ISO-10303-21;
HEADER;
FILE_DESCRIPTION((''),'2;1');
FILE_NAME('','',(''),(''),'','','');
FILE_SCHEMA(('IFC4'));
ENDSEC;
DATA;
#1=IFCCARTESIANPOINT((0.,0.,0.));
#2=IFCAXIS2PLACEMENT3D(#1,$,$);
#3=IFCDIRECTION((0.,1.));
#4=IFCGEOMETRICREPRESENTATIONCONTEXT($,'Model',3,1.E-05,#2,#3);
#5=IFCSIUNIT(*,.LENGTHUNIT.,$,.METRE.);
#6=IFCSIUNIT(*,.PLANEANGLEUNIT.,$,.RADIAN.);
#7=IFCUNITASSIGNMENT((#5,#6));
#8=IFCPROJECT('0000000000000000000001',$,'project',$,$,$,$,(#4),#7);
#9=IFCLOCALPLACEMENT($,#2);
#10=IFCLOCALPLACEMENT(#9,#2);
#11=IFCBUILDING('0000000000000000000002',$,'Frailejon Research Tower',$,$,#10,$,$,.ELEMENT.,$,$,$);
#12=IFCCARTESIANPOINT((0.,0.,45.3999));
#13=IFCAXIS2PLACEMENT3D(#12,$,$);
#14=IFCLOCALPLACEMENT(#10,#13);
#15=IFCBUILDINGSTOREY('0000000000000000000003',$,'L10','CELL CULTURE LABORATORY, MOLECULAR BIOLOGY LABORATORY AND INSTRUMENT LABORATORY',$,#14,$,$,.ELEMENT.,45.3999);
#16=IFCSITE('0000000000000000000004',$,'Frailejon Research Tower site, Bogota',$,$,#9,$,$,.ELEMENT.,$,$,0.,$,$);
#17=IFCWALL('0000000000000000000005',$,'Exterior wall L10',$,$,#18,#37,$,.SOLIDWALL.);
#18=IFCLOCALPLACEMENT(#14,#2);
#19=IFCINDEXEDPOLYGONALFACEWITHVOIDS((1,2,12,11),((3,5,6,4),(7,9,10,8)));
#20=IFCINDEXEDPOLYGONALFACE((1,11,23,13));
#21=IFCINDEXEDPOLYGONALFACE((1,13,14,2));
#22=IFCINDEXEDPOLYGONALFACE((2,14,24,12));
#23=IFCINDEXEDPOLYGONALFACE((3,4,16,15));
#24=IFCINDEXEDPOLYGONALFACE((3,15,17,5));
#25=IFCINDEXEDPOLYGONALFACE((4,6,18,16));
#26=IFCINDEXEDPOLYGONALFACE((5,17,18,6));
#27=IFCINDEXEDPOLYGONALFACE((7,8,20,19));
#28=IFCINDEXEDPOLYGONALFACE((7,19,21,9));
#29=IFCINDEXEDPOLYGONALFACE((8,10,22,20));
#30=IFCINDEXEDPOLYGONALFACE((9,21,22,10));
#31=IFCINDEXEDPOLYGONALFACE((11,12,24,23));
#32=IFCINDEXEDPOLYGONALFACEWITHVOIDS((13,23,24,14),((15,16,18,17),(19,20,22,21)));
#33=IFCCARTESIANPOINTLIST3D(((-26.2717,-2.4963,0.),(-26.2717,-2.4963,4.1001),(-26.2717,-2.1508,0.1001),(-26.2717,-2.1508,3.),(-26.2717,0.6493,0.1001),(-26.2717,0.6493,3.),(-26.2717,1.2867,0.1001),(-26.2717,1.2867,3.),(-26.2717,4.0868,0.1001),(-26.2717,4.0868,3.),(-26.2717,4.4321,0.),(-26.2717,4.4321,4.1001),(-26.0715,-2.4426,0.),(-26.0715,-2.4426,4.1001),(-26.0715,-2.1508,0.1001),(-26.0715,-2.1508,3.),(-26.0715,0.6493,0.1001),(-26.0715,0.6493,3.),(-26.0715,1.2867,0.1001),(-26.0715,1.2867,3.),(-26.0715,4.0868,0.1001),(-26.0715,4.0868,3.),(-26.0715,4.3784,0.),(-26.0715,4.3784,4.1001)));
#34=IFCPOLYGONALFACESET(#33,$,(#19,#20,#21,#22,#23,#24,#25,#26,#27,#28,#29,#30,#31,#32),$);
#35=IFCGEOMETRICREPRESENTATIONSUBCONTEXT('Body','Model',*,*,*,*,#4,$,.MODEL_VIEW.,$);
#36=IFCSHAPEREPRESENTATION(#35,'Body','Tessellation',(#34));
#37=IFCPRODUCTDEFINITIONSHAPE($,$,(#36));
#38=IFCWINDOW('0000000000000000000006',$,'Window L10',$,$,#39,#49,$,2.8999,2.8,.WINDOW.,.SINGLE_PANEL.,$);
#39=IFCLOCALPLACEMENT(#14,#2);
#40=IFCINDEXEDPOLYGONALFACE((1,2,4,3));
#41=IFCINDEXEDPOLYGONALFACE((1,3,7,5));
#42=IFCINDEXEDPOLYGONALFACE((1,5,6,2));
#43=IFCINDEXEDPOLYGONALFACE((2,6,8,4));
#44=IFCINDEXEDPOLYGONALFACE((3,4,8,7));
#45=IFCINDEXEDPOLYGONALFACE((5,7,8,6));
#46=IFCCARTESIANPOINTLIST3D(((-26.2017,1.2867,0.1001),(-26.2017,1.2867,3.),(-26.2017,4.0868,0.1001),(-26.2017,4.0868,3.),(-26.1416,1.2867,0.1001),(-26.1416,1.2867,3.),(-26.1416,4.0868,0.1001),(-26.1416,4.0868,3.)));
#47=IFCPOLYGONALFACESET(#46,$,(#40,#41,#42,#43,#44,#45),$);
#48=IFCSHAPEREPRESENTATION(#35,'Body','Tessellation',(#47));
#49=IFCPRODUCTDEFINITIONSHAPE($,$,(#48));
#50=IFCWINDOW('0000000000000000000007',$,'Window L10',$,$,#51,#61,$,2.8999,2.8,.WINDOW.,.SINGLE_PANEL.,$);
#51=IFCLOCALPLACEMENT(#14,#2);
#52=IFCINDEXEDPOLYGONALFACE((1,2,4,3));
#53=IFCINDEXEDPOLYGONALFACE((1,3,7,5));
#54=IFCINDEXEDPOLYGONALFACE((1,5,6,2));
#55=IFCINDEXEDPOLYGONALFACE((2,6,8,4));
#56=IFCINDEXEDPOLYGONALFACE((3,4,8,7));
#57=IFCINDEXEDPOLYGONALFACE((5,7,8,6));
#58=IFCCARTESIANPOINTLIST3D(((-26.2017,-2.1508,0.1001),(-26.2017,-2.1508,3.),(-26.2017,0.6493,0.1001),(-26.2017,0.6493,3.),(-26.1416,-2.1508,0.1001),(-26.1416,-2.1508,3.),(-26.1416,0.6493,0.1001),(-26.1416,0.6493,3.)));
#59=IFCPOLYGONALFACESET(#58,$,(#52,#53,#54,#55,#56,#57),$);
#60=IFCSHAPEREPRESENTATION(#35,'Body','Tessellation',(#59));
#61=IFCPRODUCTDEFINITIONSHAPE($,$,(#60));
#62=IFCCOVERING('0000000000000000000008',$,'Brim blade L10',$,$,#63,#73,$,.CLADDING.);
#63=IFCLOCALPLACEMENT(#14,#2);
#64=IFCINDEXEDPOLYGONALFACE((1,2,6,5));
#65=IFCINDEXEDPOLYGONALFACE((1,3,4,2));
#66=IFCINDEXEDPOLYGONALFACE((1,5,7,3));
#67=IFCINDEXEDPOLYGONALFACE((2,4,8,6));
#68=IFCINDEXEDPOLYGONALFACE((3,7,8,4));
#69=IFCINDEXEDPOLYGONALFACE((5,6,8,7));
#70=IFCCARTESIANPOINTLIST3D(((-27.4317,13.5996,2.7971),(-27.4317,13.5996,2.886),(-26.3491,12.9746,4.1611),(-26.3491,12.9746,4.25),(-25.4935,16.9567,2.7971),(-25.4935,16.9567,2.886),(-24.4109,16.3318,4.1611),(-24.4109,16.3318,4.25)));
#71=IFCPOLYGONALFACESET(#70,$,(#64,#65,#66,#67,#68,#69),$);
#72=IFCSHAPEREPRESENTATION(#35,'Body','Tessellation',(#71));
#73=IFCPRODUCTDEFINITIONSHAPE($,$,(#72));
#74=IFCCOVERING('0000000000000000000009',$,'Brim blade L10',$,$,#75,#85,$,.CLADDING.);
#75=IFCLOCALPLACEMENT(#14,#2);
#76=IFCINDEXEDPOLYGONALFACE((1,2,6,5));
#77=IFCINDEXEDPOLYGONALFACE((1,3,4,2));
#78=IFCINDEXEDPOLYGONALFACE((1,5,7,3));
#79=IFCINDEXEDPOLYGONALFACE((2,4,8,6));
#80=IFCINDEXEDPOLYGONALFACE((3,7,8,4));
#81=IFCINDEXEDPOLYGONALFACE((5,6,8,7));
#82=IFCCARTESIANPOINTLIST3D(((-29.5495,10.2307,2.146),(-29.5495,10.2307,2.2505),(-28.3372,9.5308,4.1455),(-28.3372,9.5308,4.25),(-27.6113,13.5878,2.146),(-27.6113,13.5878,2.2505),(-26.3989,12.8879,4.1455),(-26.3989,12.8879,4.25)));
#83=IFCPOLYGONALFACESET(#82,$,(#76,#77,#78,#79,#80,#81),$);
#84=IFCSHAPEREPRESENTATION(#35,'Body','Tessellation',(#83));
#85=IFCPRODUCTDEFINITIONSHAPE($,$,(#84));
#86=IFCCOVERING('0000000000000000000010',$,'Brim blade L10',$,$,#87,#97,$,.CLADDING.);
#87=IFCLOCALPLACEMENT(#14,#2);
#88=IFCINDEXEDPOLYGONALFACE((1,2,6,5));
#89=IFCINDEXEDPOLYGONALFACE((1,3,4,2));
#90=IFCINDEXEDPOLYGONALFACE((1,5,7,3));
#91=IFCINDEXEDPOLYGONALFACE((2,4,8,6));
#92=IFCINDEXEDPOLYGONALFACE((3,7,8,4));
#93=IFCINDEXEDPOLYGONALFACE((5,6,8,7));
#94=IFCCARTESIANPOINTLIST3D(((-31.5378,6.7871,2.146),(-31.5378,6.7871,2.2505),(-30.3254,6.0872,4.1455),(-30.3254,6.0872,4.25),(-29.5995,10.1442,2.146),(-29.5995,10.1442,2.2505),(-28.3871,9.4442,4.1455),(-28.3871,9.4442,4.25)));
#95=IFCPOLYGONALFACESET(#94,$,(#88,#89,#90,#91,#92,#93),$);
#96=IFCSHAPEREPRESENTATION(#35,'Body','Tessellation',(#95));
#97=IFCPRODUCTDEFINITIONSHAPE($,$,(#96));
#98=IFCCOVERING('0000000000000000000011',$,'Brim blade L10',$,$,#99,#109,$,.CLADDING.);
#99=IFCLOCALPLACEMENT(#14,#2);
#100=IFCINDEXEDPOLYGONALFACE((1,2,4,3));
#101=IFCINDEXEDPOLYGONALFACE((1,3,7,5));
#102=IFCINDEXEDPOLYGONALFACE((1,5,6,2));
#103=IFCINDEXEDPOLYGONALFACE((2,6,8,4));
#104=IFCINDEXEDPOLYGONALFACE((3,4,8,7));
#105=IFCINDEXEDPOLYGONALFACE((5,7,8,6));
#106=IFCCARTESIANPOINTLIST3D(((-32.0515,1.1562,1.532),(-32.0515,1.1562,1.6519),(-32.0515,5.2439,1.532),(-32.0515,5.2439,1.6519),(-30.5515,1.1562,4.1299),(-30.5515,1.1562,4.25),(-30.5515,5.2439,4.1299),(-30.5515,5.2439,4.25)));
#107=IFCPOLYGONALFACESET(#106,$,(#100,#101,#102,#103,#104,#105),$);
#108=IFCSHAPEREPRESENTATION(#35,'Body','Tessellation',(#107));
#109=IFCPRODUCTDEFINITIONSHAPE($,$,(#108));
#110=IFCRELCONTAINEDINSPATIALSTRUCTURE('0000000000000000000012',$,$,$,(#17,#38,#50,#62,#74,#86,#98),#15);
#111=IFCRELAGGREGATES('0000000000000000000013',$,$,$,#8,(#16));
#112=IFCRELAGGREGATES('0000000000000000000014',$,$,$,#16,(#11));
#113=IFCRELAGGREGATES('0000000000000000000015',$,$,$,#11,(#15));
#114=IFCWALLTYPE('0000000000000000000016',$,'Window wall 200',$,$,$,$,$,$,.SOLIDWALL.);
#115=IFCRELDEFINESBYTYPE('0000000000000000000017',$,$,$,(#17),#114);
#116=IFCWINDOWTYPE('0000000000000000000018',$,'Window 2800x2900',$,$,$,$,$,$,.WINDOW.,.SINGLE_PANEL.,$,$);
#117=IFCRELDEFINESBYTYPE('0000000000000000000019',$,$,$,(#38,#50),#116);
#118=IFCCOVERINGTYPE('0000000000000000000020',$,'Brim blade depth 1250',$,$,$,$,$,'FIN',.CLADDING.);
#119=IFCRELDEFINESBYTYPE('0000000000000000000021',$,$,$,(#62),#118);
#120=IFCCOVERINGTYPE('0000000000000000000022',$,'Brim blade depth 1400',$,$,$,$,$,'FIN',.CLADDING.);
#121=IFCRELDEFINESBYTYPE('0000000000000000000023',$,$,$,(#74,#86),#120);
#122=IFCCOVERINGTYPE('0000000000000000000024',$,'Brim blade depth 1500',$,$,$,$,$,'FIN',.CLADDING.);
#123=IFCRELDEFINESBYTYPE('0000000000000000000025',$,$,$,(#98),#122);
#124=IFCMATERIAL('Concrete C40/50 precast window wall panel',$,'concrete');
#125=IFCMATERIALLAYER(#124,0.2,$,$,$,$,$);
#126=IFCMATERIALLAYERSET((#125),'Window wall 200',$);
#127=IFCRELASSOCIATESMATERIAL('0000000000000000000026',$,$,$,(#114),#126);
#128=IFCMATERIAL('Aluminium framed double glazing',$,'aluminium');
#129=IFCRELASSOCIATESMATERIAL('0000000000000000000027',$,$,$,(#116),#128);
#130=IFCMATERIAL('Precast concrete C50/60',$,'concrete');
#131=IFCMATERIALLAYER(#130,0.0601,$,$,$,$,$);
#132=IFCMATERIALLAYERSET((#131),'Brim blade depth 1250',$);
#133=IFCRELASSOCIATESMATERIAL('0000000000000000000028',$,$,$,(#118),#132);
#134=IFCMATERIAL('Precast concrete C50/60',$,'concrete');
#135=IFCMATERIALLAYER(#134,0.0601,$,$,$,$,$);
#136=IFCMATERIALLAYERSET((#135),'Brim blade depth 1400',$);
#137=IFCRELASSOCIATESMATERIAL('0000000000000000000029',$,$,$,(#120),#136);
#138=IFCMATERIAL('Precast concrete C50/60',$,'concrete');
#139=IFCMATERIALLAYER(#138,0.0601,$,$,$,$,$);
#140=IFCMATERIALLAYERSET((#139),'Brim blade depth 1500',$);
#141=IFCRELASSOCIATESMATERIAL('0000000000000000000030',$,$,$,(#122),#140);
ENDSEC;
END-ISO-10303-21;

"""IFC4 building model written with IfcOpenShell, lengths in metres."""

from ifc_helpers import new_model, si_unit, direction, frame, frame_2d, origin, place, context, subcontext, project, spatial, polyline, rectangle, outline, extrude, material, layer, layer_set, type_object, element, fill, save


model = new_model("IFC4")

# Units and contexts
model_context = context("Model", 3, precision=1e-05, world=origin(), true_north=direction((0.0, 1.0)))
body_context = subcontext(model_context, "Body", "Model", "MODEL_VIEW")
ifc_project = project(units=[si_unit("LENGTHUNIT", "METRE"), si_unit("PLANEANGLEUNIT", "RADIAN")], contexts=[model_context])

# Site, building, storey
site_placement = place(None, origin())
site = spatial("IfcSite", under=ifc_project, at=site_placement, Name="Frailejon Research Tower site, Bogota", CompositionType="ELEMENT", RefElevation=0.0)
building_placement = place(site_placement, origin())
building = spatial("IfcBuilding", under=site, at=building_placement, Name="Frailejon Research Tower", CompositionType="ELEMENT")
storey_placement = place(building_placement, frame((0.0, 0.0, 45.3999)))
storey = spatial("IfcBuildingStorey", under=building, at=storey_placement, Name="L10", Description="CELL CULTURE LABORATORY, MOLECULAR BIOLOGY LABORATORY AND INSTRUMENT LABORATORY", CompositionType="ELEMENT", Elevation=45.3999)

# Wall, openings, windows
ifc_material_1 = material(Name="Concrete C40/50 precast window wall panel", Category="concrete")
ifc_layer_1 = layer(ifc_material_1, 0.2)
ifc_layer_set_1 = layer_set([ifc_layer_1], Name="Window wall 200")
wall_type_1 = type_object("IfcWallType", Name="Window wall 200", PredefinedType="SOLIDWALL", material=ifc_layer_set_1)
wall_1_placement = place(storey_placement, frame((-26.1716, 4.4053, 0.0), z_axis=(0.0, 0.0, 1.0), x_axis=(0.0, -1.0, 0.0)))
wall_1 = element("IfcWall", 1, at=wall_1_placement, inside=storey, type_object=wall_type_1, Name="Exterior wall L10", PredefinedType="SOLIDWALL", context=body_context, shape_type="SweptSolid", body=[
    extrude(outline(polyline([(-0.0269, -0.1001), (1.1279, -0.1001), (2.2827, -0.1001), (3.4375, -0.1001), (4.592, -0.1001), (5.7468, -0.1001), (6.9016, -0.1001), (6.8479, 0.1001), (5.7109, 0.1001), (4.5742, 0.1001), (3.4375, 0.1001), (2.3005, 0.1001), (1.1636, 0.1001), (0.0269, 0.1001), (-0.0269, -0.1001)])), origin(), (0.0, 0.0, 1.0), 4.1001),
])
opening_1_placement = place(wall_1_placement, frame((0.3186, 0.0, 0.1001)))
opening_1 = element("IfcOpeningElement", 2, at=opening_1_placement, cuts=wall_1, PredefinedType="OPENING", context=body_context, shape_type="SweptSolid", body=[
    extrude(rectangle(XDim=2.8, YDim=2.8999, at=frame_2d((1.3999, 1.45))), frame((0.0, 0.1099, 0.0), z_axis=(0.0, -1.0, 0.0), x_axis=(1.0, 0.0, 0.0)), (0.0, 0.0, 1.0), 0.22),
])
opening_2_placement = place(wall_1_placement, frame((3.7561, 0.0, 0.1001)))
opening_2 = element("IfcOpeningElement", 3, at=opening_2_placement, cuts=wall_1, PredefinedType="OPENING", context=body_context, shape_type="SweptSolid", body=[
    extrude(rectangle(XDim=2.8, YDim=2.8999, at=frame_2d((1.3999, 1.45))), frame((0.0, 0.1099, 0.0), z_axis=(0.0, -1.0, 0.0), x_axis=(1.0, 0.0, 0.0)), (0.0, 0.0, 1.0), 0.22),
])
ifc_material_2 = material(Name="Aluminium framed double glazing", Category="aluminium")
window_type = type_object("IfcWindowType", Name="Window 2800x2900", PartitioningType="SINGLE_PANEL", PredefinedType="WINDOW", material=ifc_material_2)
window_1_placement = place(opening_1_placement, origin())
window_1 = element("IfcWindow", 4, at=window_1_placement, inside=storey, type_object=window_type, Name="Window L10", OverallHeight=2.8999, OverallWidth=2.8, PartitioningType="SINGLE_PANEL", PredefinedType="WINDOW", context=body_context, shape_type="SweptSolid", body=[
    extrude(rectangle(XDim=2.8, YDim=2.8999, at=frame_2d((1.3999, 1.45))), frame((0.0, 0.03, 0.0), z_axis=(0.0, -1.0, 0.0), x_axis=(1.0, 0.0, 0.0)), (0.0, 0.0, 1.0), 0.0601),
])
fill(opening_1, window_1)
window_2_placement = place(opening_2_placement, origin())
window_2 = element("IfcWindow", 5, at=window_2_placement, inside=storey, type_object=window_type, Name="Window L10", OverallHeight=2.8999, OverallWidth=2.8, PartitioningType="SINGLE_PANEL", PredefinedType="WINDOW", context=body_context, shape_type="SweptSolid", body=[
    extrude(rectangle(XDim=2.8, YDim=2.8999, at=frame_2d((1.3999, 1.45))), frame((0.0, 0.03, 0.0), z_axis=(0.0, -1.0, 0.0), x_axis=(1.0, 0.0, 0.0)), (0.0, 0.0, 1.0), 0.0601),
])
fill(opening_2, window_2)

# Coverings
ifc_material_3 = material(Name="Precast concrete C50/60", Category="concrete")
ifc_layer_2 = layer(ifc_material_3, 0.0601)
ifc_layer_set_2 = layer_set([ifc_layer_2], Name="Brim blade depth 1250")
covering_type_1 = type_object("IfcCoveringType", Name="Brim blade depth 1250", ElementType="FIN", PredefinedType="CLADDING", material=ifc_layer_set_2)
covering_1_placement = place(storey_placement, frame((-26.3491, 12.9746, 4.25), z_axis=(0.499985, 0.866034, 0.0), x_axis=(-0.866034, 0.499985, 0.0)))
element("IfcCovering", 6, at=covering_1_placement, inside=storey, type_object=covering_type_1, Name="Brim blade L10", PredefinedType="CLADDING", context=body_context, shape_type="SweptSolid", body=[
    extrude(outline(polyline([(0.0, -0.0889), (1.25, -1.4529), (1.25, -1.364), (0.0, 0.0), (0.0, -0.0889)])), origin(), (0.0, 0.0, 1.0), 3.8765),
])
ifc_material_4 = material(Name="Precast concrete C50/60", Category="concrete")
ifc_layer_3 = layer(ifc_material_4, 0.0601)
ifc_layer_set_3 = layer_set([ifc_layer_3], Name="Brim blade depth 1400")
covering_type_2 = type_object("IfcCoveringType", Name="Brim blade depth 1400", ElementType="FIN", PredefinedType="CLADDING", material=ifc_layer_set_3)
for number, where, z_axis, x_axis, name in (
    (7, (-28.3372, 9.5308, 4.25), (0.499996, 0.866028, 0.0), (-0.866028, 0.499996, 0.0), "Brim blade L10"),
    (8, (-30.3254, 6.0872, 4.25), (0.500015, 0.866017, 0.0), (-0.866017, 0.500015, 0.0), "Brim blade L10"),
):
    element("IfcCovering", number, at=place(storey_placement, frame(where, z_axis=z_axis, x_axis=x_axis)), inside=storey, type_object=covering_type_2, Name=name, PredefinedType="CLADDING", context=body_context, shape_type="SweptSolid", body=[
        extrude(outline(polyline([(0.0, -0.1045), (1.3999, -2.104), (1.3999, -1.9995), (0.0, 0.0), (0.0, -0.1045)])), origin(), (0.0, 0.0, 1.0), 3.8765),
    ])
ifc_material_5 = material(Name="Precast concrete C50/60", Category="concrete")
ifc_layer_4 = layer(ifc_material_5, 0.0601)
ifc_layer_set_4 = layer_set([ifc_layer_4], Name="Brim blade depth 1500")
covering_type_3 = type_object("IfcCoveringType", Name="Brim blade depth 1500", ElementType="FIN", PredefinedType="CLADDING", material=ifc_layer_set_4)
covering_2_placement = place(storey_placement, frame((-30.5515, 1.1562, 4.25), z_axis=(0.0, 1.0, 0.0), x_axis=(-1.0, 0.0, 0.0)))
element("IfcCovering", 9, at=covering_2_placement, inside=storey, type_object=covering_type_3, Name="Brim blade L10", PredefinedType="CLADDING", context=body_context, shape_type="SweptSolid", body=[
    extrude(outline(polyline([(0.0, -0.1201), (1.5, -2.718), (1.5, -2.5981), (0.0, 0.0), (0.0, -0.1201)])), origin(), (0.0, 0.0, 1.0), 4.0876),
])

save(model, "model.ifc")
